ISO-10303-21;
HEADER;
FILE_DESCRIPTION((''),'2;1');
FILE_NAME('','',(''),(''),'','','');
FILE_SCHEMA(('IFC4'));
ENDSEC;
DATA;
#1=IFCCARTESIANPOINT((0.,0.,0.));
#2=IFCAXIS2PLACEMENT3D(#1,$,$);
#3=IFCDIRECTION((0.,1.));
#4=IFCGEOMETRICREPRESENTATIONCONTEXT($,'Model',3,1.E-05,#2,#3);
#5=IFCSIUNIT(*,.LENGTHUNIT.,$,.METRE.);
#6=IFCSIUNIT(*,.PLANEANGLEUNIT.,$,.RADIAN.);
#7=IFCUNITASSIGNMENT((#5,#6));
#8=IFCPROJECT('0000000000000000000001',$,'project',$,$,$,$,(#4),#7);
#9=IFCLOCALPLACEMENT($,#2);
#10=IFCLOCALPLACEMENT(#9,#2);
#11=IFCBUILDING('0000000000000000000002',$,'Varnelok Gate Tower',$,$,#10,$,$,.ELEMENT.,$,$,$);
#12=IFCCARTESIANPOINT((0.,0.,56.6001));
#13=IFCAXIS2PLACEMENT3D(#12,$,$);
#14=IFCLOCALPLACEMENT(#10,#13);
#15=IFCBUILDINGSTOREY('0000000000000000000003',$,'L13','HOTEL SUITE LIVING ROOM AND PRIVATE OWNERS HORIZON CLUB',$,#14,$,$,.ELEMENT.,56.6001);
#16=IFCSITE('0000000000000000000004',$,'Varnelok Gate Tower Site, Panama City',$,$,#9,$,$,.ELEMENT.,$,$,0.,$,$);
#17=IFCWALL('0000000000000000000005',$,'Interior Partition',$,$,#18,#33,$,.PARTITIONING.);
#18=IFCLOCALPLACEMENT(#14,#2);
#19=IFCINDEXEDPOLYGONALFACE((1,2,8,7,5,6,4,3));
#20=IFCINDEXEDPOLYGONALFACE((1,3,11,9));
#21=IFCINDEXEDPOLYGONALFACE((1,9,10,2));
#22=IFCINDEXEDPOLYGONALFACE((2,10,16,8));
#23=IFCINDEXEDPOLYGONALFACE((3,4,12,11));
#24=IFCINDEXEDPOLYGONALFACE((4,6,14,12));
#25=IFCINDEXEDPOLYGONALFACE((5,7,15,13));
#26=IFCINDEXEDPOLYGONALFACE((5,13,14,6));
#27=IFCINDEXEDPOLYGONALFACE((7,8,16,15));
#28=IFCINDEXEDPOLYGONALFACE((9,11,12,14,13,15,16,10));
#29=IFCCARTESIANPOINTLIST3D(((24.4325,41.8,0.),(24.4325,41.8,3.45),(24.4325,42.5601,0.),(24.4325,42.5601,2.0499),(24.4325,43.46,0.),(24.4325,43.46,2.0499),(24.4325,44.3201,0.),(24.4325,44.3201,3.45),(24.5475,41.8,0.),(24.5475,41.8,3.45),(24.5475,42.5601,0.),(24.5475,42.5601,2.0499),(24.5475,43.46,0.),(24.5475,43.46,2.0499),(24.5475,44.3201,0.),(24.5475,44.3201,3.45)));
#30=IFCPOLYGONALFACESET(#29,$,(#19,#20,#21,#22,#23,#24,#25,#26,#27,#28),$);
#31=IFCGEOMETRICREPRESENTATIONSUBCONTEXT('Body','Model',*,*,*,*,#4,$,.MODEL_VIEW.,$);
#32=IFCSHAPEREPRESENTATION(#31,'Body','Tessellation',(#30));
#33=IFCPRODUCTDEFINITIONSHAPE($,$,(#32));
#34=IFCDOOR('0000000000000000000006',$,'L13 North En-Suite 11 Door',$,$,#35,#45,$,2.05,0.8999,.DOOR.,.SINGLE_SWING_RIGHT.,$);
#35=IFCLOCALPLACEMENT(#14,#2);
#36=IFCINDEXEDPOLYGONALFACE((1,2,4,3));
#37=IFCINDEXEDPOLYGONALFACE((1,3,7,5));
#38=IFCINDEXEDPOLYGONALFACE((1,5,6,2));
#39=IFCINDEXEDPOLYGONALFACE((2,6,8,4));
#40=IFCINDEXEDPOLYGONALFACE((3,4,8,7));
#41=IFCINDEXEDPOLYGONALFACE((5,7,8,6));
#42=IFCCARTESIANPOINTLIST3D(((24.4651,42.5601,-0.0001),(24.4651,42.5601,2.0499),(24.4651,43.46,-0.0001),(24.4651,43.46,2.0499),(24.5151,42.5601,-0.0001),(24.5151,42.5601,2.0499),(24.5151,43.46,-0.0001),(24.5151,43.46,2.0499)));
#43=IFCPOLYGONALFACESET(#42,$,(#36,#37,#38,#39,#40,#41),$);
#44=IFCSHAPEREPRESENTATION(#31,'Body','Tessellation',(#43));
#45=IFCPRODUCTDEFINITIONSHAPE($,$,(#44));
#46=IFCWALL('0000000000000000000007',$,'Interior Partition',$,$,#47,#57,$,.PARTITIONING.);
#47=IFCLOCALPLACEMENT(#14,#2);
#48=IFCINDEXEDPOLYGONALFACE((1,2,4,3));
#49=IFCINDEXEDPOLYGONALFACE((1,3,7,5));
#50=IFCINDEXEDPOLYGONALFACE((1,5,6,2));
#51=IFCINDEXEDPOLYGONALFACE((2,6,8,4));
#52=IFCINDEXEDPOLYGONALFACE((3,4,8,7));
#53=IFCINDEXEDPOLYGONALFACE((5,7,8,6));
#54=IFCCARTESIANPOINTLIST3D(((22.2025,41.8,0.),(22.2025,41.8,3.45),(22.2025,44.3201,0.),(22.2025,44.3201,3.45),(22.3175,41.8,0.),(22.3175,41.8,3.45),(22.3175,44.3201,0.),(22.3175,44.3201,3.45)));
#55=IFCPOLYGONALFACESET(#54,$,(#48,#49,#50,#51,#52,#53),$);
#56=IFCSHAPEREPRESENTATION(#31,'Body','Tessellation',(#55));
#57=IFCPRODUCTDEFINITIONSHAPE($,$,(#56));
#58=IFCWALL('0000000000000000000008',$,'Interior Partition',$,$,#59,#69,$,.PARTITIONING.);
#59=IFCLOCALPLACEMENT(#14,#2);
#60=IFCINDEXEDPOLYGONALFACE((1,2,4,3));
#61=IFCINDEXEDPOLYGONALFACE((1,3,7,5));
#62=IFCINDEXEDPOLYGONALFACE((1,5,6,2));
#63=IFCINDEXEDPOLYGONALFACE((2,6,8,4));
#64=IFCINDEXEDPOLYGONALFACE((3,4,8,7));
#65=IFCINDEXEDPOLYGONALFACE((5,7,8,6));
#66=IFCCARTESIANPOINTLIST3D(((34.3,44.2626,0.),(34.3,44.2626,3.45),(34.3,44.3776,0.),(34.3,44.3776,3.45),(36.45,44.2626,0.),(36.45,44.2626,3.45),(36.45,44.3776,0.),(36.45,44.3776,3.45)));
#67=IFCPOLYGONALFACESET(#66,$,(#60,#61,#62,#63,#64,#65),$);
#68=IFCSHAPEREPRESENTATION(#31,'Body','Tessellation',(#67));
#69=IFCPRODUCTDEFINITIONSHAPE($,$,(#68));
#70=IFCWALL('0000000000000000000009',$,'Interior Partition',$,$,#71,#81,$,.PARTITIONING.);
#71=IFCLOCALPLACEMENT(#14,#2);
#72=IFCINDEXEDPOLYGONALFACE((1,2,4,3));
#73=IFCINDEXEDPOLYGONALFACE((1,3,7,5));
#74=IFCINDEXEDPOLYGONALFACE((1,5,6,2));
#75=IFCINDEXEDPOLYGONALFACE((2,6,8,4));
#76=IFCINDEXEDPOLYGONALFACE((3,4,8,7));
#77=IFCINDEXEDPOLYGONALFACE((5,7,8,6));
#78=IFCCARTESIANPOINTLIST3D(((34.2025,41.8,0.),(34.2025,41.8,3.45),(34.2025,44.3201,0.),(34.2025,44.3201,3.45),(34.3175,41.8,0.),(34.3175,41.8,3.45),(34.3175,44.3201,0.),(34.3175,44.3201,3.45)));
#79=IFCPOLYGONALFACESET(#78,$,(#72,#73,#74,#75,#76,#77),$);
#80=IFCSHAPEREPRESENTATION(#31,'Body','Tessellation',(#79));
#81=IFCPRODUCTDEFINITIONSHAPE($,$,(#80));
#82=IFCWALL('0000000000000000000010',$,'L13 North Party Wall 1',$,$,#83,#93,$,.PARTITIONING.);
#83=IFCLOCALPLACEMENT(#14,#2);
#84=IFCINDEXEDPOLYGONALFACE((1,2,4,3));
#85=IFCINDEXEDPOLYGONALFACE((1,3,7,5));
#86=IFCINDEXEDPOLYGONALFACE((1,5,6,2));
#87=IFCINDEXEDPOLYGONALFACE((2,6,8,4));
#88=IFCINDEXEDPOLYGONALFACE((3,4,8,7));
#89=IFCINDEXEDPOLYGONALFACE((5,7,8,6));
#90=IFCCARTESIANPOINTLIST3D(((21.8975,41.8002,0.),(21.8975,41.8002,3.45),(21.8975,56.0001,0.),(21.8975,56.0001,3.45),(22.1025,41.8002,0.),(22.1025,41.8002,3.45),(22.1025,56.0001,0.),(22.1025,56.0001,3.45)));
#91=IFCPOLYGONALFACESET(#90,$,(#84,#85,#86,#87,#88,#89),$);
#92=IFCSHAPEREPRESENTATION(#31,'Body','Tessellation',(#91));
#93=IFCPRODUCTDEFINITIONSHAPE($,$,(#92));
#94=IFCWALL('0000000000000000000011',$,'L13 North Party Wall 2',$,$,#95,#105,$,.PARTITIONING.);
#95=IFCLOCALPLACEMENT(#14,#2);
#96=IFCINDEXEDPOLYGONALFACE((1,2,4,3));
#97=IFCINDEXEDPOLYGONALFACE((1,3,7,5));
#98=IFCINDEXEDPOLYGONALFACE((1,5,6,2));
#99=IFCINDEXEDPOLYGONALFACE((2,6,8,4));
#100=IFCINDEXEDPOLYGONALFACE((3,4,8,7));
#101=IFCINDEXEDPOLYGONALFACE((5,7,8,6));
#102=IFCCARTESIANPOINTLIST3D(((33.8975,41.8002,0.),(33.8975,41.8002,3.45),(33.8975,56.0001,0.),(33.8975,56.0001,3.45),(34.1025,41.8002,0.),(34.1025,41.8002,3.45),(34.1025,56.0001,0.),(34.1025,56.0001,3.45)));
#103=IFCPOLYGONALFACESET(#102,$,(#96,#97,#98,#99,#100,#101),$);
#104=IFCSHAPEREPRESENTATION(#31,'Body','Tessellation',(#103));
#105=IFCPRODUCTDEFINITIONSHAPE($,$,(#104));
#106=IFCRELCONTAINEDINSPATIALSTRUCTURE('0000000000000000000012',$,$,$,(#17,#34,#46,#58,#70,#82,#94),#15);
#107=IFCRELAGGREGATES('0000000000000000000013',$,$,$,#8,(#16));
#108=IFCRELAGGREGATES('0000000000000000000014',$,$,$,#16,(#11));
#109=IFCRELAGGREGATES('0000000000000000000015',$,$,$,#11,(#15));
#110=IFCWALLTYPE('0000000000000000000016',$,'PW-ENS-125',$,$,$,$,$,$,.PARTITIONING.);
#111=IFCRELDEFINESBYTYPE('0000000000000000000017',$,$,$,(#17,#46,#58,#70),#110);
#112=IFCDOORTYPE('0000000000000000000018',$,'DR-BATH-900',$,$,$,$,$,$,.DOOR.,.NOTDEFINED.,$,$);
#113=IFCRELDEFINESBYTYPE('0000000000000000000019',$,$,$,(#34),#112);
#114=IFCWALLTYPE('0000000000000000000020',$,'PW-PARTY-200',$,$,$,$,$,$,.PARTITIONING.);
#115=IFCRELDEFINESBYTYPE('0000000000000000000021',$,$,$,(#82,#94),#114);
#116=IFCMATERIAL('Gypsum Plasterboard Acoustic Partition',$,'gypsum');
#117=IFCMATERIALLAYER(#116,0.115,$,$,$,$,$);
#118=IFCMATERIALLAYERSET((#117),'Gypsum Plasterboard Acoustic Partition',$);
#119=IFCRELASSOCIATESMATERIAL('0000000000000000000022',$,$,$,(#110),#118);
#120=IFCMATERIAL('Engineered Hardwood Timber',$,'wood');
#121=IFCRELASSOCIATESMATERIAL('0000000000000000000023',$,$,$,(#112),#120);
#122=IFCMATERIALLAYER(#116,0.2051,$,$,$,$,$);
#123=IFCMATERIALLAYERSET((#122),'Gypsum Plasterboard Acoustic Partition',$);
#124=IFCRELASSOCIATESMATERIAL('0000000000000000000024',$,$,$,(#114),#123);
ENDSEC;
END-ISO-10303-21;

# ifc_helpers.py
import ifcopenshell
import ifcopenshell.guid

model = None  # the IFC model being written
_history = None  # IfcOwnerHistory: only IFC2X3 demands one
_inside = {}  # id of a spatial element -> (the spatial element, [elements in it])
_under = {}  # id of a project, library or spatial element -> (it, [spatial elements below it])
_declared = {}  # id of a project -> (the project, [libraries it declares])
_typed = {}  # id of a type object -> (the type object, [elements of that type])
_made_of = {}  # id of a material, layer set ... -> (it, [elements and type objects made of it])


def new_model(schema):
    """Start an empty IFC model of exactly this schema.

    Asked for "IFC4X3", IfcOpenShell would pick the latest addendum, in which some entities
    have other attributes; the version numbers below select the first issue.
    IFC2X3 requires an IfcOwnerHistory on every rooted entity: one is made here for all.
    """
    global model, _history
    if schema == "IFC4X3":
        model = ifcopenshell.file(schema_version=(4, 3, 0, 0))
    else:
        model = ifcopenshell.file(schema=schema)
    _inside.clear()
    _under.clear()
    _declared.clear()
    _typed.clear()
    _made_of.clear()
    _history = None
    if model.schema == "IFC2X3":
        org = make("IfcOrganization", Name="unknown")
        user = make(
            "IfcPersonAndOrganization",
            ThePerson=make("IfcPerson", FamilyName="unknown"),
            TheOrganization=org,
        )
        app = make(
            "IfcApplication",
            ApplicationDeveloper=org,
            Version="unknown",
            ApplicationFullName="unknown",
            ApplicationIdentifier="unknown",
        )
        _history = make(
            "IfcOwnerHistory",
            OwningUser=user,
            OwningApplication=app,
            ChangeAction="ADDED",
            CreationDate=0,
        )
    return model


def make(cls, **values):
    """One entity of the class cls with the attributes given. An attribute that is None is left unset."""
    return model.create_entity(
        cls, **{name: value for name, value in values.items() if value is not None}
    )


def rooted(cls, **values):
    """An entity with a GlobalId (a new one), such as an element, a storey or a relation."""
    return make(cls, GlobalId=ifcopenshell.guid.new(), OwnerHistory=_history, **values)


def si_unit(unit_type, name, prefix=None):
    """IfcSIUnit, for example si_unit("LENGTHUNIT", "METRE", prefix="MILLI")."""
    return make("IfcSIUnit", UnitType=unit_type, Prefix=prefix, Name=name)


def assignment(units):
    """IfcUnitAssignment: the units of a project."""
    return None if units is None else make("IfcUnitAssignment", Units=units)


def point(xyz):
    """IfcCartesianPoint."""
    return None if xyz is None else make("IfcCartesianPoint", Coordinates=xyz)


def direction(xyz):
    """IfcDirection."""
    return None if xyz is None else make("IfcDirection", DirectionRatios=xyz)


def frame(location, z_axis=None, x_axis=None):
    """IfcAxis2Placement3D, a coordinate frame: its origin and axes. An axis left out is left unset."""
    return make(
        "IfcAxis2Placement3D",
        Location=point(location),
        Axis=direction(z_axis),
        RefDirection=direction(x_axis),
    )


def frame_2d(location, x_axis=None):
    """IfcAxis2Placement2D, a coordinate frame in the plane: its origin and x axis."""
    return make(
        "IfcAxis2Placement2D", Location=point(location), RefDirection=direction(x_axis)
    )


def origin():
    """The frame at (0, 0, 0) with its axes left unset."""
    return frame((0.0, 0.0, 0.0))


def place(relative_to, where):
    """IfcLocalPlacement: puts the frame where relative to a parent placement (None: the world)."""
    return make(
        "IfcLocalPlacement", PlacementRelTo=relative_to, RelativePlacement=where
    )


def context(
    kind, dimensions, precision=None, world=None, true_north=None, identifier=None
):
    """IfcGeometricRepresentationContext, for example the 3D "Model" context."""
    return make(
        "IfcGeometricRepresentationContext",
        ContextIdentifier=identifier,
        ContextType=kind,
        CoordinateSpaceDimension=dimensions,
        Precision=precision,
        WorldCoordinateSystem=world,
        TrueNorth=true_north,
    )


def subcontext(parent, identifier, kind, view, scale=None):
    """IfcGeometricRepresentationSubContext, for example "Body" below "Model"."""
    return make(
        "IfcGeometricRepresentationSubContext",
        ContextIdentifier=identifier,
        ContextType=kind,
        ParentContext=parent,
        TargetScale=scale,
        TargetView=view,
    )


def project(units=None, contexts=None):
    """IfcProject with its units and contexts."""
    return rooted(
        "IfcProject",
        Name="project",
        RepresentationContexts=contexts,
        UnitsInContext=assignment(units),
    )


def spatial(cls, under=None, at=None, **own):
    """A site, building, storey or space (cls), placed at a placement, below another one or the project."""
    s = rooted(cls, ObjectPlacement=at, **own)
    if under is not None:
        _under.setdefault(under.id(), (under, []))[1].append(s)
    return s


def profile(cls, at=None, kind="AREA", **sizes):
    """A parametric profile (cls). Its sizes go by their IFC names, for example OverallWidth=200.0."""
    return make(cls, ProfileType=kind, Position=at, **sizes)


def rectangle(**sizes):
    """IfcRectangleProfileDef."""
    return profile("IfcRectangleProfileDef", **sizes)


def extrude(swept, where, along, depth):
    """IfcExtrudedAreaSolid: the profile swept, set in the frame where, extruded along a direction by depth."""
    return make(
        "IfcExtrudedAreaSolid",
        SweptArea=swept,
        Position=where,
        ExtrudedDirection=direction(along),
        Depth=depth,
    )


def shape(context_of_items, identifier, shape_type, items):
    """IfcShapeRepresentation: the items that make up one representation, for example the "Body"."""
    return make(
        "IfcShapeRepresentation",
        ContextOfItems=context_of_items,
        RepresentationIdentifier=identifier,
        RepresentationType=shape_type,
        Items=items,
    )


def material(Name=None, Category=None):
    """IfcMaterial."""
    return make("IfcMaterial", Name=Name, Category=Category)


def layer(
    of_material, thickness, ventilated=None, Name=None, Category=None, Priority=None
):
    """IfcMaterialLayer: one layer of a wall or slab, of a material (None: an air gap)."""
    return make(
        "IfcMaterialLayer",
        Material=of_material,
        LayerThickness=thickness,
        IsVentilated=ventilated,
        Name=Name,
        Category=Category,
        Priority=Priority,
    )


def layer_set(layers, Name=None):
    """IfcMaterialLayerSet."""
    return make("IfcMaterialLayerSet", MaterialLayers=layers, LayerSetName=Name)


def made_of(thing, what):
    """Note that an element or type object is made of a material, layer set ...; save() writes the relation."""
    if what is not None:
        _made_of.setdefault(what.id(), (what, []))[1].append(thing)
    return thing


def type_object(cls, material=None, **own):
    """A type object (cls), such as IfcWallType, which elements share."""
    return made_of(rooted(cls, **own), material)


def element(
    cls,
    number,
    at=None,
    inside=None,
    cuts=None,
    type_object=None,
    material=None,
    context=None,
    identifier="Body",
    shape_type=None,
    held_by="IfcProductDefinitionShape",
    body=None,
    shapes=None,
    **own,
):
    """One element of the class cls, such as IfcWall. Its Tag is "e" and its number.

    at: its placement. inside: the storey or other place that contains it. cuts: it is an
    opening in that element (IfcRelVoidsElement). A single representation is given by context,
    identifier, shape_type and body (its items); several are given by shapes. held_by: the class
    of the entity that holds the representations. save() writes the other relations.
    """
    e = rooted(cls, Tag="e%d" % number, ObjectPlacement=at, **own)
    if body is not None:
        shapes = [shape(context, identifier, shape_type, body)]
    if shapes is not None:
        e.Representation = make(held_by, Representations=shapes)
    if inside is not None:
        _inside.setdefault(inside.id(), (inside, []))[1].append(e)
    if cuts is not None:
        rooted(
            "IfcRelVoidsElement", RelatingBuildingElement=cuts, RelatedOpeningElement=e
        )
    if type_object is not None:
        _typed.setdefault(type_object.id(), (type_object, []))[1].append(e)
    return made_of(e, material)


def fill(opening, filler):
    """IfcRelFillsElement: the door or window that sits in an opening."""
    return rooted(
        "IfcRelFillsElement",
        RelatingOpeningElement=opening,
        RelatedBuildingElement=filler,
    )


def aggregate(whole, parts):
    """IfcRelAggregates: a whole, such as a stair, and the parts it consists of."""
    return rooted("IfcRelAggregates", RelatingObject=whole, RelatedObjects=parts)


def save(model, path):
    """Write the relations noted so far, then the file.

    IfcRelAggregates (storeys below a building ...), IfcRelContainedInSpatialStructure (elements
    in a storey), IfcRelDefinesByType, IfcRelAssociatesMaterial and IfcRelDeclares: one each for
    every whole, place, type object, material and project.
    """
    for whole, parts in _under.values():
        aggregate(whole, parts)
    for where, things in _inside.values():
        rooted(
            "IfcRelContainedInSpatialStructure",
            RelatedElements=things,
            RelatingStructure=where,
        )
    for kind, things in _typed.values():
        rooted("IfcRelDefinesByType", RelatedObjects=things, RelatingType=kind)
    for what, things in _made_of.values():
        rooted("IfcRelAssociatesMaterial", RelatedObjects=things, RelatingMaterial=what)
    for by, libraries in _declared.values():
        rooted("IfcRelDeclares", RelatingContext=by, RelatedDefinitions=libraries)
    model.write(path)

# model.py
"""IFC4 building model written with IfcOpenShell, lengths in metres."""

from ifc_helpers import new_model, si_unit, direction, frame, frame_2d, origin, place, context, subcontext, project, spatial, rectangle, extrude, material, layer, layer_set, type_object, element, fill, save


model = new_model("IFC4")

# Units and contexts
model_context = context("Model", 3, precision=1e-05, world=origin(), true_north=direction((0.0, 1.0)))
body_context = subcontext(model_context, "Body", "Model", "MODEL_VIEW")
ifc_project = project(units=[si_unit("LENGTHUNIT", "METRE"), si_unit("PLANEANGLEUNIT", "RADIAN")], contexts=[model_context])

# Site, building, storey
site_placement = place(None, origin())
site = spatial("IfcSite", under=ifc_project, at=site_placement, Name="Varnelok Gate Tower Site, Panama City", CompositionType="ELEMENT", RefElevation=0.0)
building_placement = place(site_placement, origin())
building = spatial("IfcBuilding", under=site, at=building_placement, Name="Varnelok Gate Tower", CompositionType="ELEMENT")
storey_placement = place(building_placement, frame((0.0, 0.0, 56.6001)))
storey = spatial("IfcBuildingStorey", under=building, at=storey_placement, Name="L13", Description="HOTEL SUITE LIVING ROOM AND PRIVATE OWNERS HORIZON CLUB", CompositionType="ELEMENT", Elevation=56.6001)

# Shared definitions
ifc_material_1 = material(Name="Gypsum Plasterboard Acoustic Partition", Category="gypsum")
ifc_material_2 = material(Name="Engineered Hardwood Timber", Category="wood")

# Shared definitions
ifc_layer_1 = layer(ifc_material_1, 0.115)
ifc_layer_set_1 = layer_set([ifc_layer_1], Name="Gypsum Plasterboard Acoustic Partition")
wall_type_1 = type_object("IfcWallType", Name="PW-ENS-125", PredefinedType="PARTITIONING", material=ifc_layer_set_1)

# Shared definitions
door_type_1 = type_object("IfcDoorType", Name="DR-BATH-900", OperationType="NOTDEFINED", PredefinedType="DOOR", material=ifc_material_2)

# Wall, opening, door
wall_1_placement = place(storey_placement, frame((24.49, 41.8, 0.0), z_axis=(0.0, 0.0, 1.0), x_axis=(0.0, 1.0, 0.0)))
wall_1 = element("IfcWall", 1, at=wall_1_placement, inside=storey, type_object=wall_type_1, Name="Interior Partition", PredefinedType="PARTITIONING", context=body_context, shape_type="SweptSolid", body=[
    extrude(rectangle(XDim=2.52, YDim=0.115, at=frame_2d((1.26, 0.0))), origin(), (0.0, 0.0, 1.0), 3.45),
])
opening_1_placement = place(wall_1_placement, frame((0.76, 0.0, 0.0)))
opening_1 = element("IfcOpeningElement", 2, at=opening_1_placement, cuts=wall_1, PredefinedType="OPENING", context=body_context, shape_type="SweptSolid", body=[
    extrude(rectangle(XDim=0.8999, YDim=2.05, at=frame_2d((0.45, 1.0249))), frame((0.0, 0.0674, 0.0), z_axis=(0.0, -1.0, 0.0), x_axis=(1.0, 0.0, 0.0)), (0.0, 0.0, 1.0), 0.135),
])
door_1_placement = place(opening_1_placement, origin())
door_1 = element("IfcDoor", 3, at=door_1_placement, inside=storey, type_object=door_type_1, Name="L13 North En-Suite 11 Door", OperationType="SINGLE_SWING_RIGHT", OverallHeight=2.05, OverallWidth=0.8999, PredefinedType="DOOR", context=body_context, shape_type="SweptSolid", body=[
    extrude(rectangle(XDim=0.8999, YDim=2.05, at=frame_2d((0.45, 1.0249))), frame((0.0, 0.0249, 0.0), z_axis=(0.0, -1.0, 0.0), x_axis=(1.0, 0.0, 0.0)), (0.0, 0.0, 1.0), 0.05),
])
fill(opening_1, door_1)

# Walls
wall_2_placement = place(storey_placement, frame((22.26, 41.8, 0.0), z_axis=(0.0, 0.0, 1.0), x_axis=(0.0, 1.0, 0.0)))
element("IfcWall", 4, at=wall_2_placement, inside=storey, type_object=wall_type_1, Name="Interior Partition", PredefinedType="PARTITIONING", context=body_context, shape_type="SweptSolid", body=[
    extrude(rectangle(XDim=2.52, YDim=0.115, at=frame_2d((1.26, 0.0))), origin(), (0.0, 0.0, 1.0), 3.45),
])
wall_3_placement = place(storey_placement, frame((34.3, 44.3201, 0.0), z_axis=(0.0, 0.0, 1.0), x_axis=(1.0, 0.0, 0.0)))
element("IfcWall", 5, at=wall_3_placement, inside=storey, type_object=wall_type_1, Name="Interior Partition", PredefinedType="PARTITIONING", context=body_context, shape_type="SweptSolid", body=[
    extrude(rectangle(XDim=2.1499, YDim=0.115, at=frame_2d((1.075, 0.0))), origin(), (0.0, 0.0, 1.0), 3.45),
])
wall_4_placement = place(storey_placement, frame((34.26, 41.8, 0.0), z_axis=(0.0, 0.0, 1.0), x_axis=(0.0, 1.0, 0.0)))
element("IfcWall", 6, at=wall_4_placement, inside=storey, type_object=wall_type_1, Name="Interior Partition", PredefinedType="PARTITIONING", context=body_context, shape_type="SweptSolid", body=[
    extrude(rectangle(XDim=2.52, YDim=0.115, at=frame_2d((1.26, 0.0))), origin(), (0.0, 0.0, 1.0), 3.45),
])
ifc_layer_2 = layer(ifc_material_1, 0.2051)
ifc_layer_set_2 = layer_set([ifc_layer_2], Name="Gypsum Plasterboard Acoustic Partition")
wall_type_2 = type_object("IfcWallType", Name="PW-PARTY-200", PredefinedType="PARTITIONING", material=ifc_layer_set_2)
for number, where, z_axis, x_axis, name in (
    (7, (22.0, 41.8, 0.0), (0.0, 0.0, 1.0), (0.0, 1.0, 0.0), "L13 North Party Wall 1"),
    (8, (34.0, 41.8, 0.0), (0.0, 0.0, 1.0), (0.0, 1.0, 0.0), "L13 North Party Wall 2"),
):
    element("IfcWall", number, at=place(storey_placement, frame(where, z_axis=z_axis, x_axis=x_axis)), inside=storey, type_object=wall_type_2, Name=name, PredefinedType="PARTITIONING", context=body_context, shape_type="SweptSolid", body=[
        extrude(rectangle(XDim=14.2, YDim=0.2051, at=frame_2d((7.1001, 0.0))), origin(), (0.0, 0.0, 1.0), 3.45),
    ])

save(model, "model.ifc")
